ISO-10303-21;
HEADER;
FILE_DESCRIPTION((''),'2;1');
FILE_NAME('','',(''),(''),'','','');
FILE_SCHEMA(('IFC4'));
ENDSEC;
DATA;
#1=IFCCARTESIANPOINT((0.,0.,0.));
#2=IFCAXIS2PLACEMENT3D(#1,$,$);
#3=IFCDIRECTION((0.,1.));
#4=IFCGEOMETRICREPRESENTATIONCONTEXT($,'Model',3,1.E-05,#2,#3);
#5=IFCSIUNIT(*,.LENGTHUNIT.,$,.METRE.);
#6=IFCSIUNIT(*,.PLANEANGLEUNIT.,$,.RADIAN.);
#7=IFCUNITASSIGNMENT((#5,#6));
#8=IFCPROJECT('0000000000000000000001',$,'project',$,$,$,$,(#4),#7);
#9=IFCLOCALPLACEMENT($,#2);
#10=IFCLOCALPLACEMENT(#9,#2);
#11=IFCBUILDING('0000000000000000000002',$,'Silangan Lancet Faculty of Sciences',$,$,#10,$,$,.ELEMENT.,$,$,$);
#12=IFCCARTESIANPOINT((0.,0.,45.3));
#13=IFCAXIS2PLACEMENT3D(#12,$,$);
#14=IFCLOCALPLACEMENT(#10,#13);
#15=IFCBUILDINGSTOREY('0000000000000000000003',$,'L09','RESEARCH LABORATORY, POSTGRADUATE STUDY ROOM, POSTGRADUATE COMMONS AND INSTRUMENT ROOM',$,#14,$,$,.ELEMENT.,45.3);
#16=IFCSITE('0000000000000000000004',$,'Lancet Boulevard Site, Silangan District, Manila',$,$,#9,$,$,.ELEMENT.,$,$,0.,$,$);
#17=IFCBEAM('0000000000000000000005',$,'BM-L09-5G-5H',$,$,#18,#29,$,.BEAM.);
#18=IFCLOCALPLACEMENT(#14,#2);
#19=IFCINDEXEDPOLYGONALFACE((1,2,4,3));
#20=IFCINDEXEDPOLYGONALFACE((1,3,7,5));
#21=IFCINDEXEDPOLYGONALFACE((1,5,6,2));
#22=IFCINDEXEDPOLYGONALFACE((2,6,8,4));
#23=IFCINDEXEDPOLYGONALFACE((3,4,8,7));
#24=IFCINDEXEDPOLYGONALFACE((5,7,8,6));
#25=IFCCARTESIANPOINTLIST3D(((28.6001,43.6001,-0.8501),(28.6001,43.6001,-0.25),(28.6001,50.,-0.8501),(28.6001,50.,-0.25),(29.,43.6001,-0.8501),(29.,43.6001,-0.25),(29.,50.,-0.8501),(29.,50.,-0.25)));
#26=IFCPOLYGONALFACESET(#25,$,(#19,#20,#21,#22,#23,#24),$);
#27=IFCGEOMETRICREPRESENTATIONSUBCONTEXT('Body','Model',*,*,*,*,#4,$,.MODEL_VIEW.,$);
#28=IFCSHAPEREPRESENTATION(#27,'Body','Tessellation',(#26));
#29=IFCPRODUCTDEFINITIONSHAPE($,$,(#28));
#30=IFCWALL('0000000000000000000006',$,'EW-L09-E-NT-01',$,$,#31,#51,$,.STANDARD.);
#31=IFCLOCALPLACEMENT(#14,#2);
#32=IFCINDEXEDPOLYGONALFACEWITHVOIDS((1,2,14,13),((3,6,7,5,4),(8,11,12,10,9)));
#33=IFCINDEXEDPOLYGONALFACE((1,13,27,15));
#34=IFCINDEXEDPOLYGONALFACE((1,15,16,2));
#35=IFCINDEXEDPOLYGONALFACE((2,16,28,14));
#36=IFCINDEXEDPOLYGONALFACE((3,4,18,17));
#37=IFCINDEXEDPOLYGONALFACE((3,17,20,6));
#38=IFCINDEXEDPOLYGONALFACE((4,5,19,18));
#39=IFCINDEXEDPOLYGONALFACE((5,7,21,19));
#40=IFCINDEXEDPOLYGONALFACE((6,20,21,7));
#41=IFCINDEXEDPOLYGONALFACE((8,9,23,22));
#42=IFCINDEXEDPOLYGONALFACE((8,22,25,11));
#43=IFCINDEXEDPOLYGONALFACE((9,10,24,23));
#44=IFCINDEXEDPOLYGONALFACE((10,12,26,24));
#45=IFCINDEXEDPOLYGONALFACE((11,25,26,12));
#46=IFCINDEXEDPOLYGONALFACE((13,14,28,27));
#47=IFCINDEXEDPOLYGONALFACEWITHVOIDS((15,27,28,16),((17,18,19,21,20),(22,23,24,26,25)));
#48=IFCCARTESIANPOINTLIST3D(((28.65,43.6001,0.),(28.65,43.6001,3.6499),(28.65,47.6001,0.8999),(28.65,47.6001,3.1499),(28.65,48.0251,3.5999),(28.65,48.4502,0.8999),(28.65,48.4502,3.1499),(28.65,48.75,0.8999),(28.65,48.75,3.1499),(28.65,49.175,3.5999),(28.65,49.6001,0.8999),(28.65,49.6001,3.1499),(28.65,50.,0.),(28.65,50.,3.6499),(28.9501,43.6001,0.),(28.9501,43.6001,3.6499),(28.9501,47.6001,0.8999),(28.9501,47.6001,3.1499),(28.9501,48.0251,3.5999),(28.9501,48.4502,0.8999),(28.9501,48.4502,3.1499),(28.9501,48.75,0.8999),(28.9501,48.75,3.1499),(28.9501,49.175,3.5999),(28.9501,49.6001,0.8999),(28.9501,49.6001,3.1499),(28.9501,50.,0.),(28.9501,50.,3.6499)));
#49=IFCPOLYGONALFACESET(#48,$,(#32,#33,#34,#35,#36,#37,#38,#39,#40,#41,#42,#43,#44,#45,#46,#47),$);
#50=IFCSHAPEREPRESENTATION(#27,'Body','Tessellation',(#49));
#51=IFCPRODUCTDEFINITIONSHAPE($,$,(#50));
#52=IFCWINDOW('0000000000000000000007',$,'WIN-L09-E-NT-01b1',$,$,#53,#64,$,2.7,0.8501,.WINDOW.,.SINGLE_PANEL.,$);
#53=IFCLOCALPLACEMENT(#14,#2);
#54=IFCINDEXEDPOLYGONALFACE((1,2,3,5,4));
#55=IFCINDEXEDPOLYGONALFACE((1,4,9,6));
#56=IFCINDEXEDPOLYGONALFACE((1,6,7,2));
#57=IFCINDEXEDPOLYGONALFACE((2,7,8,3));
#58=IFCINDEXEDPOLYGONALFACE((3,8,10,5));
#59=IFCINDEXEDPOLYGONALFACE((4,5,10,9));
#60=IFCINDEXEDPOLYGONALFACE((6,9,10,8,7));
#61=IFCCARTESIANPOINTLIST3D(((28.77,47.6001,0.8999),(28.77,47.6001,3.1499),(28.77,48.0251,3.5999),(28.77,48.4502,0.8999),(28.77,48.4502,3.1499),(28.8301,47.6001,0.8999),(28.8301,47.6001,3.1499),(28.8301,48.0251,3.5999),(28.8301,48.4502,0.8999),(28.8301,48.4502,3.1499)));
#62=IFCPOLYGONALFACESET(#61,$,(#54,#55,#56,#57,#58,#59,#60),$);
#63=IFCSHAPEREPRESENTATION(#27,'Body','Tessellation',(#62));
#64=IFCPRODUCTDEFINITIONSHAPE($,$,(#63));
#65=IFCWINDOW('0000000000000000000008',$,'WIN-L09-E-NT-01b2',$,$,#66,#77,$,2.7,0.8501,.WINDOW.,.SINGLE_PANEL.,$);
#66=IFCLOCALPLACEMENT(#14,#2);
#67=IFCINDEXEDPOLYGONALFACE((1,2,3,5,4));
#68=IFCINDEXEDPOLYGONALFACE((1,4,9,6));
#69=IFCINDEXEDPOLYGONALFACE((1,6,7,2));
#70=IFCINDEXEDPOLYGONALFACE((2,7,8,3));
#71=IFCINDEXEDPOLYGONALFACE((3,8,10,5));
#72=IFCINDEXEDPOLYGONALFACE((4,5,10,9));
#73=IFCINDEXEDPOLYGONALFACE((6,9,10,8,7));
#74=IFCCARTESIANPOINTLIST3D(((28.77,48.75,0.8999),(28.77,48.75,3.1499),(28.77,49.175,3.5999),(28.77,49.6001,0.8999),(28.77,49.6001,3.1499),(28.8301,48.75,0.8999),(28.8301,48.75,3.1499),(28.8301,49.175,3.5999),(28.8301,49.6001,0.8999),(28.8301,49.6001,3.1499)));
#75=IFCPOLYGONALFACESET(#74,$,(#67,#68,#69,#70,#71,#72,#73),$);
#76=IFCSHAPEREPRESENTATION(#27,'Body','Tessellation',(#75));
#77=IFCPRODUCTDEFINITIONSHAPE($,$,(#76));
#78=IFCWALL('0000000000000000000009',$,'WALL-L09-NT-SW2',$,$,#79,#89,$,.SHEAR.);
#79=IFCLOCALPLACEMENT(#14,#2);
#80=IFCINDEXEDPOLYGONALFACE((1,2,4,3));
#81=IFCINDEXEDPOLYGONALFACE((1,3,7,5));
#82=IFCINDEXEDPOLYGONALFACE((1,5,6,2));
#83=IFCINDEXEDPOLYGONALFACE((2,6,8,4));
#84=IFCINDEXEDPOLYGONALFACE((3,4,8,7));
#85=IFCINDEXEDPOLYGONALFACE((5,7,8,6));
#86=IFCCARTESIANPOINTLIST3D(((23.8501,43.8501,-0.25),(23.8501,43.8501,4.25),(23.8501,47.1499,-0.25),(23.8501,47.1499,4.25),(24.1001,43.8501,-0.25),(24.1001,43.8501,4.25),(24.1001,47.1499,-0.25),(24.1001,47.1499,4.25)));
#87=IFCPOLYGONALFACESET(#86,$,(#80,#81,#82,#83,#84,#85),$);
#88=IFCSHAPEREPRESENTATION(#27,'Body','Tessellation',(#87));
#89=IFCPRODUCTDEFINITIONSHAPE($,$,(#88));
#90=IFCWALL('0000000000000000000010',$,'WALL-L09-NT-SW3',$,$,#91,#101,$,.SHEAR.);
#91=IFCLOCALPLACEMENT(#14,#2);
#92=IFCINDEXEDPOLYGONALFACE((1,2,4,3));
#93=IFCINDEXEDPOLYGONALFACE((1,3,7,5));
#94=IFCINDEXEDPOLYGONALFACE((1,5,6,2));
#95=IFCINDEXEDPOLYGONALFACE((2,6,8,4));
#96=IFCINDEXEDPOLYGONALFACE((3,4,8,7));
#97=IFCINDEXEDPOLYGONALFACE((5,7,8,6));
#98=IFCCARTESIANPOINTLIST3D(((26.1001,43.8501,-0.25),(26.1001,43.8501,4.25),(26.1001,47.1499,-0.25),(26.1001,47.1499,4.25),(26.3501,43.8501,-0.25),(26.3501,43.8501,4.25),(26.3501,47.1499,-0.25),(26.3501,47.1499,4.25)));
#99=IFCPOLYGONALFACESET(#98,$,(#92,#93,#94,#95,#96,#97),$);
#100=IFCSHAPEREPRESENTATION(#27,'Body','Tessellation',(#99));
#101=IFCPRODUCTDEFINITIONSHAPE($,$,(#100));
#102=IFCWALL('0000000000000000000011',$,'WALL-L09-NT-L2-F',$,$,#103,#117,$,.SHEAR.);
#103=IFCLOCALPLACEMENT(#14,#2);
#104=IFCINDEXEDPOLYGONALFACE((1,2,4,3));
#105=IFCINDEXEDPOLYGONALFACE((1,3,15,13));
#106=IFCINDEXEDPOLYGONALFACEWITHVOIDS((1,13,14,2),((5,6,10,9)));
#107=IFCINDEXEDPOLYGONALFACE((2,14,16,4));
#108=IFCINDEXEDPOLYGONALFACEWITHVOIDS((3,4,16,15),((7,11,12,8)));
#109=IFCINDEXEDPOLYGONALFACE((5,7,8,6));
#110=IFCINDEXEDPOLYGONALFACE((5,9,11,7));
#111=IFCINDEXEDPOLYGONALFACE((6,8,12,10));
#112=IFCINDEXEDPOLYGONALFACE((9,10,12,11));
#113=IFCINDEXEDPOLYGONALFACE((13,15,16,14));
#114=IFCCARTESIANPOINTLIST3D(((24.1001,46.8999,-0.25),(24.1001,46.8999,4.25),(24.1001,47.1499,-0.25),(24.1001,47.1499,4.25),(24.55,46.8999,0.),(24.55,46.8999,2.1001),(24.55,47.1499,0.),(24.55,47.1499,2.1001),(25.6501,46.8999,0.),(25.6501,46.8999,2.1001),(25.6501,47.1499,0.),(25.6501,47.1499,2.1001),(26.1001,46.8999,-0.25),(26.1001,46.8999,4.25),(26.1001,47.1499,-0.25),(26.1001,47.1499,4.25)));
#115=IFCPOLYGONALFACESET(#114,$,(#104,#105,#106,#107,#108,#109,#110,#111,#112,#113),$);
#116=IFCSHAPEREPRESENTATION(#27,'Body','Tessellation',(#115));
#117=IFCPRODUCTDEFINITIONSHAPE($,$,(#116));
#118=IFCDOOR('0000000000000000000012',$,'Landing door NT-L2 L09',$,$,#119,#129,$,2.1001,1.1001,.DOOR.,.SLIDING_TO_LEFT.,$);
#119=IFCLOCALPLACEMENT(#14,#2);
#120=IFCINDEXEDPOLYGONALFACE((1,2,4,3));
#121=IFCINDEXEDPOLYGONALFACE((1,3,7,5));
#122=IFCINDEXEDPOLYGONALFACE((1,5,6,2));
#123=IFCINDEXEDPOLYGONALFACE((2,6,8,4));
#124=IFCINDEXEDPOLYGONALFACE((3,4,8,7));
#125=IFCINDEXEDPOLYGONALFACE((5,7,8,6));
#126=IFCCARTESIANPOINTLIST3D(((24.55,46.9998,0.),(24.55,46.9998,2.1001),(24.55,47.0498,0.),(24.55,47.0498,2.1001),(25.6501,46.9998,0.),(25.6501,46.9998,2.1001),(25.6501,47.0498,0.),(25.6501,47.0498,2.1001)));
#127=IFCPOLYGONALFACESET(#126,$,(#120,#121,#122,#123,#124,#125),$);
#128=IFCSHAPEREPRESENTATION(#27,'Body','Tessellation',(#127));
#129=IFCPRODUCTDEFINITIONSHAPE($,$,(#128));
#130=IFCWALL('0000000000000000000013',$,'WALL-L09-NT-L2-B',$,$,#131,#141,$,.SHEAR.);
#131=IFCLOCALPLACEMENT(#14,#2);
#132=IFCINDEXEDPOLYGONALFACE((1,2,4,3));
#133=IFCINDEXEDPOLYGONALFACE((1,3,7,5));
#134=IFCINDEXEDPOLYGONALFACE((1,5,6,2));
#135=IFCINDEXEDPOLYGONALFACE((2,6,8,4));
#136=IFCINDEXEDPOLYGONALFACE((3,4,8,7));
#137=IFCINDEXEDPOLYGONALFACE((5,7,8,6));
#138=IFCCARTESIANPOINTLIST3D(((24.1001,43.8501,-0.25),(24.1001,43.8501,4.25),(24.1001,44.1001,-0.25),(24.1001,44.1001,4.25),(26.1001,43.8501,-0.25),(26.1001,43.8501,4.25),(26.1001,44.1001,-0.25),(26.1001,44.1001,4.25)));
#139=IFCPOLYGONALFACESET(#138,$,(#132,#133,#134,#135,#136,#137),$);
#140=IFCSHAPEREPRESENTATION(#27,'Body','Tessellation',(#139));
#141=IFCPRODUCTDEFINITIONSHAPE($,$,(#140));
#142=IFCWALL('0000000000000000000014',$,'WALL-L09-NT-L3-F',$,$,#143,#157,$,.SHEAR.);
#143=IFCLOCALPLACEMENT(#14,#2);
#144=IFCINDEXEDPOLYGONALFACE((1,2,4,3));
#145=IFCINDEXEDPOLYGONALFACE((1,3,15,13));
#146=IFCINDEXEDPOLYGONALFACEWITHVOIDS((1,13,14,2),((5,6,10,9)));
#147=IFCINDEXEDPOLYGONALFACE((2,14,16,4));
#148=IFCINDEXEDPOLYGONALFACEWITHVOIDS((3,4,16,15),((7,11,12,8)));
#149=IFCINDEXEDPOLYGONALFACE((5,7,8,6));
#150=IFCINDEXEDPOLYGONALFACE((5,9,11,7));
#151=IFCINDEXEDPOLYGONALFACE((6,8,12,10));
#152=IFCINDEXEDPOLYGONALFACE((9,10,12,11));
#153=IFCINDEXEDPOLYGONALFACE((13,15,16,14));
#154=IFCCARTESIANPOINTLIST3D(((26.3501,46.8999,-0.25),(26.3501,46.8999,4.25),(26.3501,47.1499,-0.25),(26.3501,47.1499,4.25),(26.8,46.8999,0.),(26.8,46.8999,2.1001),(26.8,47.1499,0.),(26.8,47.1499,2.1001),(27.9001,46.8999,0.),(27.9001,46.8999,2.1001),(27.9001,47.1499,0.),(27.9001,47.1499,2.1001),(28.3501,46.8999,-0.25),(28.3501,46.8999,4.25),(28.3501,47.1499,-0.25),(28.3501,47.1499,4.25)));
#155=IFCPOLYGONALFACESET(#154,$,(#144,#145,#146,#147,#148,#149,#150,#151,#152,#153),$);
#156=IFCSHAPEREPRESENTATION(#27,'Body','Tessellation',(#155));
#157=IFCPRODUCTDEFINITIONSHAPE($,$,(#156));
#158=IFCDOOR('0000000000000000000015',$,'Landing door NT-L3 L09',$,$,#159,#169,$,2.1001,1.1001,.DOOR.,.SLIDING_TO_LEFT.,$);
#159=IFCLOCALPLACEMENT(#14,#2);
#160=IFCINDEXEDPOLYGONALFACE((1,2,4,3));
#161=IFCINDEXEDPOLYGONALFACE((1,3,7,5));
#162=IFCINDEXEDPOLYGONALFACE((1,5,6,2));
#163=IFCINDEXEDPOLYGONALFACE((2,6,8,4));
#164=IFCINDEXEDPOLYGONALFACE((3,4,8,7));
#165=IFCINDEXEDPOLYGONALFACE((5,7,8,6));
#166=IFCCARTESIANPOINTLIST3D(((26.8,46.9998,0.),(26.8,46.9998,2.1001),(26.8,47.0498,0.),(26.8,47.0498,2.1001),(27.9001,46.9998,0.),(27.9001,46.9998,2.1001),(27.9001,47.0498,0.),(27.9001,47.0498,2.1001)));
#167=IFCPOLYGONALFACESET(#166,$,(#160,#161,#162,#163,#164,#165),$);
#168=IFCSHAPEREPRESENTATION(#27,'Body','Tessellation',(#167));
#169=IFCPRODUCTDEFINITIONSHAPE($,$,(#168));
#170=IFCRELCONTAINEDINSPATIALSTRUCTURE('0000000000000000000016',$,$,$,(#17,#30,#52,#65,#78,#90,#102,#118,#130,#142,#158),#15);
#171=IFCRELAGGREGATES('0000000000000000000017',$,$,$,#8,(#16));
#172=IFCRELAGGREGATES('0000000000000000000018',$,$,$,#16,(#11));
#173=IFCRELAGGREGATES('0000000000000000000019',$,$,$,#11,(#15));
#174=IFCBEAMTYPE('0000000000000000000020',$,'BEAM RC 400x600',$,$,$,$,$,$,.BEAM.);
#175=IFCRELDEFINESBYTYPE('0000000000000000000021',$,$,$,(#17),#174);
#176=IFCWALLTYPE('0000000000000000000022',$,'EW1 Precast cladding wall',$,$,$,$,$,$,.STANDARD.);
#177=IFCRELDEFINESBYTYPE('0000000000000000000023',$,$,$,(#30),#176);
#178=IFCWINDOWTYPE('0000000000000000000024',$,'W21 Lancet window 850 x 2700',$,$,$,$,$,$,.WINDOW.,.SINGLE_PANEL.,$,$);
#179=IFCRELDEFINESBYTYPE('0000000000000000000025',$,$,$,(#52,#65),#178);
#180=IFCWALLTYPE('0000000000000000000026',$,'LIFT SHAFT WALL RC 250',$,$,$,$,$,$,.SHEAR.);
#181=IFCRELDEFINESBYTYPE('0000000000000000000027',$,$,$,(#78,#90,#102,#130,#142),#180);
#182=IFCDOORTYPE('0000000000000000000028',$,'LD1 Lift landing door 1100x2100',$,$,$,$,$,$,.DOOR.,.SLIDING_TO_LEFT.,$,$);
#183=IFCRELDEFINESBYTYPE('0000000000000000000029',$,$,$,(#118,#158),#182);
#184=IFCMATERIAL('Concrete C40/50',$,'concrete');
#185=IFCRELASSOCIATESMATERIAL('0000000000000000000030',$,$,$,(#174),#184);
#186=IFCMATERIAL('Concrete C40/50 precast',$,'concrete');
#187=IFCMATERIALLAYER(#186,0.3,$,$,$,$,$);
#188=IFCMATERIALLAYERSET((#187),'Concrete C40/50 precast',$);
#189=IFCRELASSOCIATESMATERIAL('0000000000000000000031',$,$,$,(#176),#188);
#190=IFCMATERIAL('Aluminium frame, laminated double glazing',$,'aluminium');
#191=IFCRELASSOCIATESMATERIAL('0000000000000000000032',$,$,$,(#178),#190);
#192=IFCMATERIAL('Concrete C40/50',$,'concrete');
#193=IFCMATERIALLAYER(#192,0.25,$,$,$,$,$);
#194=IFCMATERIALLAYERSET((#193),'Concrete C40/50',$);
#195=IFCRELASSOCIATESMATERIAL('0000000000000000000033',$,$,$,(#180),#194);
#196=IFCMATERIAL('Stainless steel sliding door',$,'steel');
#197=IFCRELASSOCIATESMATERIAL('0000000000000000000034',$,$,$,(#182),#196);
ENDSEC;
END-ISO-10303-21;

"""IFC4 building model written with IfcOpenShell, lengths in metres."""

from ifc_helpers import new_model, si_unit, direction, frame, frame_2d, origin, origin_2d, place, context, subcontext, project, spatial, polyline, rectangle, outline, extrude, material, layer, layer_set, material_profile, profile_set, type_object, element, fill, save


model = new_model("IFC4")

# Units and contexts
model_context = context("Model", 3, precision=1e-05, world=origin(), true_north=direction((0.0, 1.0)))
body_context = subcontext(model_context, "Body", "Model", "MODEL_VIEW")
ifc_project = project(units=[si_unit("LENGTHUNIT", "METRE"), si_unit("PLANEANGLEUNIT", "RADIAN")], contexts=[model_context])

# Site, building, storey
site_placement = place(None, origin())
site = spatial("IfcSite", under=ifc_project, at=site_placement, Name="Lancet Boulevard Site, Silangan District, Manila", CompositionType="ELEMENT", RefElevation=0.0)
building_placement = place(site_placement, origin())
building = spatial("IfcBuilding", under=site, at=building_placement, Name="Silangan Lancet Faculty of Sciences", CompositionType="ELEMENT")
storey_placement = place(building_placement, frame((0.0, 0.0, 45.3)))
storey = spatial("IfcBuildingStorey", under=building, at=storey_placement, Name="L09", Description="RESEARCH LABORATORY, POSTGRADUATE STUDY ROOM, POSTGRADUATE COMMONS AND INSTRUMENT ROOM", CompositionType="ELEMENT", Elevation=45.3)

# Beam
ifc_material_1 = material(Name="Concrete C40/50", Category="concrete")
ifc_material_profile = material_profile(ifc_material_1, rectangle(XDim=0.3999, YDim=0.6001, at=origin_2d()), Name="RC 400x600")
ifc_profile_set = profile_set([ifc_material_profile], Name="Concrete C40/50")
beam_type = type_object("IfcBeamType", Name="BEAM RC 400x600", PredefinedType="BEAM", material=ifc_profile_set)
beam_placement = place(storey_placement, frame((28.8, 43.6001, -0.55), z_axis=(0.0, 1.0, 0.0), x_axis=(-1.0, 0.0, 0.0)))
element("IfcBeam", 1, at=beam_placement, inside=storey, type_object=beam_type, Name="BM-L09-5G-5H", PredefinedType="BEAM", context=body_context, shape_type="SweptSolid", body=[
    extrude(rectangle(XDim=0.3999, YDim=0.6001, at=origin_2d()), origin(), (0.0, 0.0, 1.0), 6.3999),
])

# Wall, openings, windows
ifc_material_2 = material(Name="Concrete C40/50 precast", Category="concrete")
ifc_layer_1 = layer(ifc_material_2, 0.3)
ifc_layer_set_1 = layer_set([ifc_layer_1], Name="Concrete C40/50 precast")
wall_type_1 = type_object("IfcWallType", Name="EW1 Precast cladding wall", PredefinedType="STANDARD", material=ifc_layer_set_1)
wall_1_placement = place(storey_placement, frame((28.8, 43.6001, 0.0), z_axis=(0.0, 0.0, 1.0), x_axis=(0.0, 1.0, 0.0)))
wall_1 = element("IfcWall", 2, at=wall_1_placement, inside=storey, type_object=wall_type_1, Name="EW-L09-E-NT-01", PredefinedType="STANDARD", context=body_context, shape_type="SweptSolid", body=[
    extrude(rectangle(XDim=6.3999, YDim=0.3, at=frame_2d((3.2, 0.0))), origin(), (0.0, 0.0, 1.0), 3.6499),
])
opening_1_placement = place(wall_1_placement, frame((4.0, 0.0, 0.8999)))
opening_1 = element("IfcOpeningElement", 3, at=opening_1_placement, cuts=wall_1, PredefinedType="OPENING", context=body_context, shape_type="SweptSolid", body=[
    extrude(outline(polyline([(0.0, 0.0), (0.8501, 0.0), (0.8501, 2.25), (0.425, 2.7), (0.0, 2.25), (0.0, 0.0)])), frame((0.0, 0.1599, 0.0), z_axis=(0.0, -1.0, 0.0), x_axis=(1.0, 0.0, 0.0)), (0.0, 0.0, 1.0), 0.3201),
])
opening_2_placement = place(wall_1_placement, frame((5.1499, 0.0, 0.8999)))
opening_2 = element("IfcOpeningElement", 4, at=opening_2_placement, cuts=wall_1, PredefinedType="OPENING", context=body_context, shape_type="SweptSolid", body=[
    extrude(outline(polyline([(0.0, 0.0), (0.8501, 0.0), (0.8501, 2.25), (0.425, 2.7), (0.0, 2.25), (0.0, 0.0)])), frame((0.0, 0.1599, 0.0), z_axis=(0.0, -1.0, 0.0), x_axis=(1.0, 0.0, 0.0)), (0.0, 0.0, 1.0), 0.3201),
])
ifc_material_3 = material(Name="Aluminium frame, laminated double glazing", Category="aluminium")
window_type = type_object("IfcWindowType", Name="W21 Lancet window 850 x 2700", PartitioningType="SINGLE_PANEL", PredefinedType="WINDOW", material=ifc_material_3)
window_1_placement = place(opening_1_placement, origin())
window_1 = element("IfcWindow", 5, at=window_1_placement, inside=storey, type_object=window_type, Name="WIN-L09-E-NT-01b1", OverallHeight=2.7, OverallWidth=0.8501, PartitioningType="SINGLE_PANEL", PredefinedType="WINDOW", context=body_context, shape_type="SweptSolid", body=[
    extrude(outline(polyline([(0.0, 0.0), (0.8501, 0.0), (0.8501, 2.25), (0.425, 2.7), (0.0, 2.25), (0.0, 0.0)])), frame((0.0, 0.03, 0.0), z_axis=(0.0, -1.0, 0.0), x_axis=(1.0, 0.0, 0.0)), (0.0, 0.0, 1.0), 0.0601),
])
fill(opening_1, window_1)
window_2_placement = place(opening_2_placement, origin())
window_2 = element("IfcWindow", 6, at=window_2_placement, inside=storey, type_object=window_type, Name="WIN-L09-E-NT-01b2", OverallHeight=2.7, OverallWidth=0.8501, PartitioningType="SINGLE_PANEL", PredefinedType="WINDOW", context=body_context, shape_type="SweptSolid", body=[
    extrude(outline(polyline([(0.0, 0.0), (0.8501, 0.0), (0.8501, 2.25), (0.425, 2.7), (0.0, 2.25), (0.0, 0.0)])), frame((0.0, 0.03, 0.0), z_axis=(0.0, -1.0, 0.0), x_axis=(1.0, 0.0, 0.0)), (0.0, 0.0, 1.0), 0.0601),
])
fill(opening_2, window_2)

# Walls
ifc_material_4 = material(Name="Concrete C40/50", Category="concrete")
ifc_layer_2 = layer(ifc_material_4, 0.25)
ifc_layer_set_2 = layer_set([ifc_layer_2], Name="Concrete C40/50")
wall_type_2 = type_object("IfcWallType", Name="LIFT SHAFT WALL RC 250", PredefinedType="SHEAR", material=ifc_layer_set_2)
for number, where, z_axis, x_axis, name in (
    (7, (23.9751, 43.8501, -0.25), (0.0, 0.0, 1.0), (0.0, 1.0, 0.0), "WALL-L09-NT-SW2"),
    (8, (26.2251, 43.8501, -0.25), (0.0, 0.0, 1.0), (0.0, 1.0, 0.0), "WALL-L09-NT-SW3"),
):
    element("IfcWall", number, at=place(storey_placement, frame(where, z_axis=z_axis, x_axis=x_axis)), inside=storey, type_object=wall_type_2, Name=name, PredefinedType="SHEAR", context=body_context, shape_type="SweptSolid", body=[
        extrude(rectangle(XDim=3.2998, YDim=0.25, at=frame_2d((1.6499, 0.0))), origin(), (0.0, 0.0, 1.0), 4.5),
    ])

# Wall, opening, door
wall_2_placement = place(storey_placement, frame((24.1001, 47.0249, -0.25), z_axis=(0.0, 0.0, 1.0), x_axis=(1.0, 0.0, 0.0)))
wall_2 = element("IfcWall", 9, at=wall_2_placement, inside=storey, type_object=wall_type_2, Name="WALL-L09-NT-L2-F", PredefinedType="SHEAR", context=body_context, shape_type="SweptSolid", body=[
    extrude(rectangle(XDim=2.0, YDim=0.25, at=frame_2d((1.0, 0.0))), origin(), (0.0, 0.0, 1.0), 4.5),
])
opening_3_placement = place(wall_2_placement, frame((0.45, 0.0, 0.25)))
opening_3 = element("IfcOpeningElement", 10, at=opening_3_placement, cuts=wall_2, PredefinedType="OPENING", context=body_context, shape_type="SweptSolid", body=[
    extrude(rectangle(XDim=1.1001, YDim=2.1001, at=frame_2d((0.55, 1.05))), frame((0.0, 0.135, 0.0), z_axis=(0.0, -1.0, 0.0), x_axis=(1.0, 0.0, 0.0)), (0.0, 0.0, 1.0), 0.27),
])
ifc_material_5 = material(Name="Stainless steel sliding door", Category="steel")
door_type = type_object("IfcDoorType", Name="LD1 Lift landing door 1100x2100", OperationType="SLIDING_TO_LEFT", PredefinedType="DOOR", material=ifc_material_5)
door_1_placement = place(opening_3_placement, origin())
door_1 = element("IfcDoor", 11, at=door_1_placement, inside=storey, type_object=door_type, Name="Landing door NT-L2 L09", OperationType="SLIDING_TO_LEFT", OverallHeight=2.1001, OverallWidth=1.1001, PredefinedType="DOOR", context=body_context, shape_type="SweptSolid", body=[
    extrude(rectangle(XDim=1.1001, YDim=2.1001, at=frame_2d((0.55, 1.05))), frame((0.0, 0.0249, 0.0), z_axis=(0.0, -1.0, 0.0), x_axis=(1.0, 0.0, 0.0)), (0.0, 0.0, 1.0), 0.05),
])
fill(opening_3, door_1)

# Wall
wall_3_placement = place(storey_placement, frame((24.1001, 43.9751, -0.25), z_axis=(0.0, 0.0, 1.0), x_axis=(1.0, 0.0, 0.0)))
element("IfcWall", 12, at=wall_3_placement, inside=storey, type_object=wall_type_2, Name="WALL-L09-NT-L2-B", PredefinedType="SHEAR", context=body_context, shape_type="SweptSolid", body=[
    extrude(rectangle(XDim=2.0, YDim=0.25, at=frame_2d((1.0, 0.0))), origin(), (0.0, 0.0, 1.0), 4.5),
])

# Wall, opening, door
wall_4_placement = place(storey_placement, frame((26.3501, 47.0249, -0.25), z_axis=(0.0, 0.0, 1.0), x_axis=(1.0, 0.0, 0.0)))
wall_4 = element("IfcWall", 13, at=wall_4_placement, inside=storey, type_object=wall_type_2, Name="WALL-L09-NT-L3-F", PredefinedType="SHEAR", context=body_context, shape_type="SweptSolid", body=[
    extrude(rectangle(XDim=2.0, YDim=0.25, at=frame_2d((1.0, 0.0))), origin(), (0.0, 0.0, 1.0), 4.5),
])
opening_4_placement = place(wall_4_placement, frame((0.45, 0.0, 0.25)))
opening_4 = element("IfcOpeningElement", 14, at=opening_4_placement, cuts=wall_4, PredefinedType="OPENING", context=body_context, shape_type="SweptSolid", body=[
    extrude(rectangle(XDim=1.1001, YDim=2.1001, at=frame_2d((0.55, 1.05))), frame((0.0, 0.135, 0.0), z_axis=(0.0, -1.0, 0.0), x_axis=(1.0, 0.0, 0.0)), (0.0, 0.0, 1.0), 0.27),
])
door_2_placement = place(opening_4_placement, origin())
door_2 = element("IfcDoor", 15, at=door_2_placement, inside=storey, type_object=door_type, Name="Landing door NT-L3 L09", OperationType="SLIDING_TO_LEFT", OverallHeight=2.1001, OverallWidth=1.1001, PredefinedType="DOOR", context=body_context, shape_type="SweptSolid", body=[
    extrude(rectangle(XDim=1.1001, YDim=2.1001, at=frame_2d((0.55, 1.05))), frame((0.0, 0.0249, 0.0), z_axis=(0.0, -1.0, 0.0), x_axis=(1.0, 0.0, 0.0)), (0.0, 0.0, 1.0), 0.05),
])
fill(opening_4, door_2)

save(model, "model.ifc")
